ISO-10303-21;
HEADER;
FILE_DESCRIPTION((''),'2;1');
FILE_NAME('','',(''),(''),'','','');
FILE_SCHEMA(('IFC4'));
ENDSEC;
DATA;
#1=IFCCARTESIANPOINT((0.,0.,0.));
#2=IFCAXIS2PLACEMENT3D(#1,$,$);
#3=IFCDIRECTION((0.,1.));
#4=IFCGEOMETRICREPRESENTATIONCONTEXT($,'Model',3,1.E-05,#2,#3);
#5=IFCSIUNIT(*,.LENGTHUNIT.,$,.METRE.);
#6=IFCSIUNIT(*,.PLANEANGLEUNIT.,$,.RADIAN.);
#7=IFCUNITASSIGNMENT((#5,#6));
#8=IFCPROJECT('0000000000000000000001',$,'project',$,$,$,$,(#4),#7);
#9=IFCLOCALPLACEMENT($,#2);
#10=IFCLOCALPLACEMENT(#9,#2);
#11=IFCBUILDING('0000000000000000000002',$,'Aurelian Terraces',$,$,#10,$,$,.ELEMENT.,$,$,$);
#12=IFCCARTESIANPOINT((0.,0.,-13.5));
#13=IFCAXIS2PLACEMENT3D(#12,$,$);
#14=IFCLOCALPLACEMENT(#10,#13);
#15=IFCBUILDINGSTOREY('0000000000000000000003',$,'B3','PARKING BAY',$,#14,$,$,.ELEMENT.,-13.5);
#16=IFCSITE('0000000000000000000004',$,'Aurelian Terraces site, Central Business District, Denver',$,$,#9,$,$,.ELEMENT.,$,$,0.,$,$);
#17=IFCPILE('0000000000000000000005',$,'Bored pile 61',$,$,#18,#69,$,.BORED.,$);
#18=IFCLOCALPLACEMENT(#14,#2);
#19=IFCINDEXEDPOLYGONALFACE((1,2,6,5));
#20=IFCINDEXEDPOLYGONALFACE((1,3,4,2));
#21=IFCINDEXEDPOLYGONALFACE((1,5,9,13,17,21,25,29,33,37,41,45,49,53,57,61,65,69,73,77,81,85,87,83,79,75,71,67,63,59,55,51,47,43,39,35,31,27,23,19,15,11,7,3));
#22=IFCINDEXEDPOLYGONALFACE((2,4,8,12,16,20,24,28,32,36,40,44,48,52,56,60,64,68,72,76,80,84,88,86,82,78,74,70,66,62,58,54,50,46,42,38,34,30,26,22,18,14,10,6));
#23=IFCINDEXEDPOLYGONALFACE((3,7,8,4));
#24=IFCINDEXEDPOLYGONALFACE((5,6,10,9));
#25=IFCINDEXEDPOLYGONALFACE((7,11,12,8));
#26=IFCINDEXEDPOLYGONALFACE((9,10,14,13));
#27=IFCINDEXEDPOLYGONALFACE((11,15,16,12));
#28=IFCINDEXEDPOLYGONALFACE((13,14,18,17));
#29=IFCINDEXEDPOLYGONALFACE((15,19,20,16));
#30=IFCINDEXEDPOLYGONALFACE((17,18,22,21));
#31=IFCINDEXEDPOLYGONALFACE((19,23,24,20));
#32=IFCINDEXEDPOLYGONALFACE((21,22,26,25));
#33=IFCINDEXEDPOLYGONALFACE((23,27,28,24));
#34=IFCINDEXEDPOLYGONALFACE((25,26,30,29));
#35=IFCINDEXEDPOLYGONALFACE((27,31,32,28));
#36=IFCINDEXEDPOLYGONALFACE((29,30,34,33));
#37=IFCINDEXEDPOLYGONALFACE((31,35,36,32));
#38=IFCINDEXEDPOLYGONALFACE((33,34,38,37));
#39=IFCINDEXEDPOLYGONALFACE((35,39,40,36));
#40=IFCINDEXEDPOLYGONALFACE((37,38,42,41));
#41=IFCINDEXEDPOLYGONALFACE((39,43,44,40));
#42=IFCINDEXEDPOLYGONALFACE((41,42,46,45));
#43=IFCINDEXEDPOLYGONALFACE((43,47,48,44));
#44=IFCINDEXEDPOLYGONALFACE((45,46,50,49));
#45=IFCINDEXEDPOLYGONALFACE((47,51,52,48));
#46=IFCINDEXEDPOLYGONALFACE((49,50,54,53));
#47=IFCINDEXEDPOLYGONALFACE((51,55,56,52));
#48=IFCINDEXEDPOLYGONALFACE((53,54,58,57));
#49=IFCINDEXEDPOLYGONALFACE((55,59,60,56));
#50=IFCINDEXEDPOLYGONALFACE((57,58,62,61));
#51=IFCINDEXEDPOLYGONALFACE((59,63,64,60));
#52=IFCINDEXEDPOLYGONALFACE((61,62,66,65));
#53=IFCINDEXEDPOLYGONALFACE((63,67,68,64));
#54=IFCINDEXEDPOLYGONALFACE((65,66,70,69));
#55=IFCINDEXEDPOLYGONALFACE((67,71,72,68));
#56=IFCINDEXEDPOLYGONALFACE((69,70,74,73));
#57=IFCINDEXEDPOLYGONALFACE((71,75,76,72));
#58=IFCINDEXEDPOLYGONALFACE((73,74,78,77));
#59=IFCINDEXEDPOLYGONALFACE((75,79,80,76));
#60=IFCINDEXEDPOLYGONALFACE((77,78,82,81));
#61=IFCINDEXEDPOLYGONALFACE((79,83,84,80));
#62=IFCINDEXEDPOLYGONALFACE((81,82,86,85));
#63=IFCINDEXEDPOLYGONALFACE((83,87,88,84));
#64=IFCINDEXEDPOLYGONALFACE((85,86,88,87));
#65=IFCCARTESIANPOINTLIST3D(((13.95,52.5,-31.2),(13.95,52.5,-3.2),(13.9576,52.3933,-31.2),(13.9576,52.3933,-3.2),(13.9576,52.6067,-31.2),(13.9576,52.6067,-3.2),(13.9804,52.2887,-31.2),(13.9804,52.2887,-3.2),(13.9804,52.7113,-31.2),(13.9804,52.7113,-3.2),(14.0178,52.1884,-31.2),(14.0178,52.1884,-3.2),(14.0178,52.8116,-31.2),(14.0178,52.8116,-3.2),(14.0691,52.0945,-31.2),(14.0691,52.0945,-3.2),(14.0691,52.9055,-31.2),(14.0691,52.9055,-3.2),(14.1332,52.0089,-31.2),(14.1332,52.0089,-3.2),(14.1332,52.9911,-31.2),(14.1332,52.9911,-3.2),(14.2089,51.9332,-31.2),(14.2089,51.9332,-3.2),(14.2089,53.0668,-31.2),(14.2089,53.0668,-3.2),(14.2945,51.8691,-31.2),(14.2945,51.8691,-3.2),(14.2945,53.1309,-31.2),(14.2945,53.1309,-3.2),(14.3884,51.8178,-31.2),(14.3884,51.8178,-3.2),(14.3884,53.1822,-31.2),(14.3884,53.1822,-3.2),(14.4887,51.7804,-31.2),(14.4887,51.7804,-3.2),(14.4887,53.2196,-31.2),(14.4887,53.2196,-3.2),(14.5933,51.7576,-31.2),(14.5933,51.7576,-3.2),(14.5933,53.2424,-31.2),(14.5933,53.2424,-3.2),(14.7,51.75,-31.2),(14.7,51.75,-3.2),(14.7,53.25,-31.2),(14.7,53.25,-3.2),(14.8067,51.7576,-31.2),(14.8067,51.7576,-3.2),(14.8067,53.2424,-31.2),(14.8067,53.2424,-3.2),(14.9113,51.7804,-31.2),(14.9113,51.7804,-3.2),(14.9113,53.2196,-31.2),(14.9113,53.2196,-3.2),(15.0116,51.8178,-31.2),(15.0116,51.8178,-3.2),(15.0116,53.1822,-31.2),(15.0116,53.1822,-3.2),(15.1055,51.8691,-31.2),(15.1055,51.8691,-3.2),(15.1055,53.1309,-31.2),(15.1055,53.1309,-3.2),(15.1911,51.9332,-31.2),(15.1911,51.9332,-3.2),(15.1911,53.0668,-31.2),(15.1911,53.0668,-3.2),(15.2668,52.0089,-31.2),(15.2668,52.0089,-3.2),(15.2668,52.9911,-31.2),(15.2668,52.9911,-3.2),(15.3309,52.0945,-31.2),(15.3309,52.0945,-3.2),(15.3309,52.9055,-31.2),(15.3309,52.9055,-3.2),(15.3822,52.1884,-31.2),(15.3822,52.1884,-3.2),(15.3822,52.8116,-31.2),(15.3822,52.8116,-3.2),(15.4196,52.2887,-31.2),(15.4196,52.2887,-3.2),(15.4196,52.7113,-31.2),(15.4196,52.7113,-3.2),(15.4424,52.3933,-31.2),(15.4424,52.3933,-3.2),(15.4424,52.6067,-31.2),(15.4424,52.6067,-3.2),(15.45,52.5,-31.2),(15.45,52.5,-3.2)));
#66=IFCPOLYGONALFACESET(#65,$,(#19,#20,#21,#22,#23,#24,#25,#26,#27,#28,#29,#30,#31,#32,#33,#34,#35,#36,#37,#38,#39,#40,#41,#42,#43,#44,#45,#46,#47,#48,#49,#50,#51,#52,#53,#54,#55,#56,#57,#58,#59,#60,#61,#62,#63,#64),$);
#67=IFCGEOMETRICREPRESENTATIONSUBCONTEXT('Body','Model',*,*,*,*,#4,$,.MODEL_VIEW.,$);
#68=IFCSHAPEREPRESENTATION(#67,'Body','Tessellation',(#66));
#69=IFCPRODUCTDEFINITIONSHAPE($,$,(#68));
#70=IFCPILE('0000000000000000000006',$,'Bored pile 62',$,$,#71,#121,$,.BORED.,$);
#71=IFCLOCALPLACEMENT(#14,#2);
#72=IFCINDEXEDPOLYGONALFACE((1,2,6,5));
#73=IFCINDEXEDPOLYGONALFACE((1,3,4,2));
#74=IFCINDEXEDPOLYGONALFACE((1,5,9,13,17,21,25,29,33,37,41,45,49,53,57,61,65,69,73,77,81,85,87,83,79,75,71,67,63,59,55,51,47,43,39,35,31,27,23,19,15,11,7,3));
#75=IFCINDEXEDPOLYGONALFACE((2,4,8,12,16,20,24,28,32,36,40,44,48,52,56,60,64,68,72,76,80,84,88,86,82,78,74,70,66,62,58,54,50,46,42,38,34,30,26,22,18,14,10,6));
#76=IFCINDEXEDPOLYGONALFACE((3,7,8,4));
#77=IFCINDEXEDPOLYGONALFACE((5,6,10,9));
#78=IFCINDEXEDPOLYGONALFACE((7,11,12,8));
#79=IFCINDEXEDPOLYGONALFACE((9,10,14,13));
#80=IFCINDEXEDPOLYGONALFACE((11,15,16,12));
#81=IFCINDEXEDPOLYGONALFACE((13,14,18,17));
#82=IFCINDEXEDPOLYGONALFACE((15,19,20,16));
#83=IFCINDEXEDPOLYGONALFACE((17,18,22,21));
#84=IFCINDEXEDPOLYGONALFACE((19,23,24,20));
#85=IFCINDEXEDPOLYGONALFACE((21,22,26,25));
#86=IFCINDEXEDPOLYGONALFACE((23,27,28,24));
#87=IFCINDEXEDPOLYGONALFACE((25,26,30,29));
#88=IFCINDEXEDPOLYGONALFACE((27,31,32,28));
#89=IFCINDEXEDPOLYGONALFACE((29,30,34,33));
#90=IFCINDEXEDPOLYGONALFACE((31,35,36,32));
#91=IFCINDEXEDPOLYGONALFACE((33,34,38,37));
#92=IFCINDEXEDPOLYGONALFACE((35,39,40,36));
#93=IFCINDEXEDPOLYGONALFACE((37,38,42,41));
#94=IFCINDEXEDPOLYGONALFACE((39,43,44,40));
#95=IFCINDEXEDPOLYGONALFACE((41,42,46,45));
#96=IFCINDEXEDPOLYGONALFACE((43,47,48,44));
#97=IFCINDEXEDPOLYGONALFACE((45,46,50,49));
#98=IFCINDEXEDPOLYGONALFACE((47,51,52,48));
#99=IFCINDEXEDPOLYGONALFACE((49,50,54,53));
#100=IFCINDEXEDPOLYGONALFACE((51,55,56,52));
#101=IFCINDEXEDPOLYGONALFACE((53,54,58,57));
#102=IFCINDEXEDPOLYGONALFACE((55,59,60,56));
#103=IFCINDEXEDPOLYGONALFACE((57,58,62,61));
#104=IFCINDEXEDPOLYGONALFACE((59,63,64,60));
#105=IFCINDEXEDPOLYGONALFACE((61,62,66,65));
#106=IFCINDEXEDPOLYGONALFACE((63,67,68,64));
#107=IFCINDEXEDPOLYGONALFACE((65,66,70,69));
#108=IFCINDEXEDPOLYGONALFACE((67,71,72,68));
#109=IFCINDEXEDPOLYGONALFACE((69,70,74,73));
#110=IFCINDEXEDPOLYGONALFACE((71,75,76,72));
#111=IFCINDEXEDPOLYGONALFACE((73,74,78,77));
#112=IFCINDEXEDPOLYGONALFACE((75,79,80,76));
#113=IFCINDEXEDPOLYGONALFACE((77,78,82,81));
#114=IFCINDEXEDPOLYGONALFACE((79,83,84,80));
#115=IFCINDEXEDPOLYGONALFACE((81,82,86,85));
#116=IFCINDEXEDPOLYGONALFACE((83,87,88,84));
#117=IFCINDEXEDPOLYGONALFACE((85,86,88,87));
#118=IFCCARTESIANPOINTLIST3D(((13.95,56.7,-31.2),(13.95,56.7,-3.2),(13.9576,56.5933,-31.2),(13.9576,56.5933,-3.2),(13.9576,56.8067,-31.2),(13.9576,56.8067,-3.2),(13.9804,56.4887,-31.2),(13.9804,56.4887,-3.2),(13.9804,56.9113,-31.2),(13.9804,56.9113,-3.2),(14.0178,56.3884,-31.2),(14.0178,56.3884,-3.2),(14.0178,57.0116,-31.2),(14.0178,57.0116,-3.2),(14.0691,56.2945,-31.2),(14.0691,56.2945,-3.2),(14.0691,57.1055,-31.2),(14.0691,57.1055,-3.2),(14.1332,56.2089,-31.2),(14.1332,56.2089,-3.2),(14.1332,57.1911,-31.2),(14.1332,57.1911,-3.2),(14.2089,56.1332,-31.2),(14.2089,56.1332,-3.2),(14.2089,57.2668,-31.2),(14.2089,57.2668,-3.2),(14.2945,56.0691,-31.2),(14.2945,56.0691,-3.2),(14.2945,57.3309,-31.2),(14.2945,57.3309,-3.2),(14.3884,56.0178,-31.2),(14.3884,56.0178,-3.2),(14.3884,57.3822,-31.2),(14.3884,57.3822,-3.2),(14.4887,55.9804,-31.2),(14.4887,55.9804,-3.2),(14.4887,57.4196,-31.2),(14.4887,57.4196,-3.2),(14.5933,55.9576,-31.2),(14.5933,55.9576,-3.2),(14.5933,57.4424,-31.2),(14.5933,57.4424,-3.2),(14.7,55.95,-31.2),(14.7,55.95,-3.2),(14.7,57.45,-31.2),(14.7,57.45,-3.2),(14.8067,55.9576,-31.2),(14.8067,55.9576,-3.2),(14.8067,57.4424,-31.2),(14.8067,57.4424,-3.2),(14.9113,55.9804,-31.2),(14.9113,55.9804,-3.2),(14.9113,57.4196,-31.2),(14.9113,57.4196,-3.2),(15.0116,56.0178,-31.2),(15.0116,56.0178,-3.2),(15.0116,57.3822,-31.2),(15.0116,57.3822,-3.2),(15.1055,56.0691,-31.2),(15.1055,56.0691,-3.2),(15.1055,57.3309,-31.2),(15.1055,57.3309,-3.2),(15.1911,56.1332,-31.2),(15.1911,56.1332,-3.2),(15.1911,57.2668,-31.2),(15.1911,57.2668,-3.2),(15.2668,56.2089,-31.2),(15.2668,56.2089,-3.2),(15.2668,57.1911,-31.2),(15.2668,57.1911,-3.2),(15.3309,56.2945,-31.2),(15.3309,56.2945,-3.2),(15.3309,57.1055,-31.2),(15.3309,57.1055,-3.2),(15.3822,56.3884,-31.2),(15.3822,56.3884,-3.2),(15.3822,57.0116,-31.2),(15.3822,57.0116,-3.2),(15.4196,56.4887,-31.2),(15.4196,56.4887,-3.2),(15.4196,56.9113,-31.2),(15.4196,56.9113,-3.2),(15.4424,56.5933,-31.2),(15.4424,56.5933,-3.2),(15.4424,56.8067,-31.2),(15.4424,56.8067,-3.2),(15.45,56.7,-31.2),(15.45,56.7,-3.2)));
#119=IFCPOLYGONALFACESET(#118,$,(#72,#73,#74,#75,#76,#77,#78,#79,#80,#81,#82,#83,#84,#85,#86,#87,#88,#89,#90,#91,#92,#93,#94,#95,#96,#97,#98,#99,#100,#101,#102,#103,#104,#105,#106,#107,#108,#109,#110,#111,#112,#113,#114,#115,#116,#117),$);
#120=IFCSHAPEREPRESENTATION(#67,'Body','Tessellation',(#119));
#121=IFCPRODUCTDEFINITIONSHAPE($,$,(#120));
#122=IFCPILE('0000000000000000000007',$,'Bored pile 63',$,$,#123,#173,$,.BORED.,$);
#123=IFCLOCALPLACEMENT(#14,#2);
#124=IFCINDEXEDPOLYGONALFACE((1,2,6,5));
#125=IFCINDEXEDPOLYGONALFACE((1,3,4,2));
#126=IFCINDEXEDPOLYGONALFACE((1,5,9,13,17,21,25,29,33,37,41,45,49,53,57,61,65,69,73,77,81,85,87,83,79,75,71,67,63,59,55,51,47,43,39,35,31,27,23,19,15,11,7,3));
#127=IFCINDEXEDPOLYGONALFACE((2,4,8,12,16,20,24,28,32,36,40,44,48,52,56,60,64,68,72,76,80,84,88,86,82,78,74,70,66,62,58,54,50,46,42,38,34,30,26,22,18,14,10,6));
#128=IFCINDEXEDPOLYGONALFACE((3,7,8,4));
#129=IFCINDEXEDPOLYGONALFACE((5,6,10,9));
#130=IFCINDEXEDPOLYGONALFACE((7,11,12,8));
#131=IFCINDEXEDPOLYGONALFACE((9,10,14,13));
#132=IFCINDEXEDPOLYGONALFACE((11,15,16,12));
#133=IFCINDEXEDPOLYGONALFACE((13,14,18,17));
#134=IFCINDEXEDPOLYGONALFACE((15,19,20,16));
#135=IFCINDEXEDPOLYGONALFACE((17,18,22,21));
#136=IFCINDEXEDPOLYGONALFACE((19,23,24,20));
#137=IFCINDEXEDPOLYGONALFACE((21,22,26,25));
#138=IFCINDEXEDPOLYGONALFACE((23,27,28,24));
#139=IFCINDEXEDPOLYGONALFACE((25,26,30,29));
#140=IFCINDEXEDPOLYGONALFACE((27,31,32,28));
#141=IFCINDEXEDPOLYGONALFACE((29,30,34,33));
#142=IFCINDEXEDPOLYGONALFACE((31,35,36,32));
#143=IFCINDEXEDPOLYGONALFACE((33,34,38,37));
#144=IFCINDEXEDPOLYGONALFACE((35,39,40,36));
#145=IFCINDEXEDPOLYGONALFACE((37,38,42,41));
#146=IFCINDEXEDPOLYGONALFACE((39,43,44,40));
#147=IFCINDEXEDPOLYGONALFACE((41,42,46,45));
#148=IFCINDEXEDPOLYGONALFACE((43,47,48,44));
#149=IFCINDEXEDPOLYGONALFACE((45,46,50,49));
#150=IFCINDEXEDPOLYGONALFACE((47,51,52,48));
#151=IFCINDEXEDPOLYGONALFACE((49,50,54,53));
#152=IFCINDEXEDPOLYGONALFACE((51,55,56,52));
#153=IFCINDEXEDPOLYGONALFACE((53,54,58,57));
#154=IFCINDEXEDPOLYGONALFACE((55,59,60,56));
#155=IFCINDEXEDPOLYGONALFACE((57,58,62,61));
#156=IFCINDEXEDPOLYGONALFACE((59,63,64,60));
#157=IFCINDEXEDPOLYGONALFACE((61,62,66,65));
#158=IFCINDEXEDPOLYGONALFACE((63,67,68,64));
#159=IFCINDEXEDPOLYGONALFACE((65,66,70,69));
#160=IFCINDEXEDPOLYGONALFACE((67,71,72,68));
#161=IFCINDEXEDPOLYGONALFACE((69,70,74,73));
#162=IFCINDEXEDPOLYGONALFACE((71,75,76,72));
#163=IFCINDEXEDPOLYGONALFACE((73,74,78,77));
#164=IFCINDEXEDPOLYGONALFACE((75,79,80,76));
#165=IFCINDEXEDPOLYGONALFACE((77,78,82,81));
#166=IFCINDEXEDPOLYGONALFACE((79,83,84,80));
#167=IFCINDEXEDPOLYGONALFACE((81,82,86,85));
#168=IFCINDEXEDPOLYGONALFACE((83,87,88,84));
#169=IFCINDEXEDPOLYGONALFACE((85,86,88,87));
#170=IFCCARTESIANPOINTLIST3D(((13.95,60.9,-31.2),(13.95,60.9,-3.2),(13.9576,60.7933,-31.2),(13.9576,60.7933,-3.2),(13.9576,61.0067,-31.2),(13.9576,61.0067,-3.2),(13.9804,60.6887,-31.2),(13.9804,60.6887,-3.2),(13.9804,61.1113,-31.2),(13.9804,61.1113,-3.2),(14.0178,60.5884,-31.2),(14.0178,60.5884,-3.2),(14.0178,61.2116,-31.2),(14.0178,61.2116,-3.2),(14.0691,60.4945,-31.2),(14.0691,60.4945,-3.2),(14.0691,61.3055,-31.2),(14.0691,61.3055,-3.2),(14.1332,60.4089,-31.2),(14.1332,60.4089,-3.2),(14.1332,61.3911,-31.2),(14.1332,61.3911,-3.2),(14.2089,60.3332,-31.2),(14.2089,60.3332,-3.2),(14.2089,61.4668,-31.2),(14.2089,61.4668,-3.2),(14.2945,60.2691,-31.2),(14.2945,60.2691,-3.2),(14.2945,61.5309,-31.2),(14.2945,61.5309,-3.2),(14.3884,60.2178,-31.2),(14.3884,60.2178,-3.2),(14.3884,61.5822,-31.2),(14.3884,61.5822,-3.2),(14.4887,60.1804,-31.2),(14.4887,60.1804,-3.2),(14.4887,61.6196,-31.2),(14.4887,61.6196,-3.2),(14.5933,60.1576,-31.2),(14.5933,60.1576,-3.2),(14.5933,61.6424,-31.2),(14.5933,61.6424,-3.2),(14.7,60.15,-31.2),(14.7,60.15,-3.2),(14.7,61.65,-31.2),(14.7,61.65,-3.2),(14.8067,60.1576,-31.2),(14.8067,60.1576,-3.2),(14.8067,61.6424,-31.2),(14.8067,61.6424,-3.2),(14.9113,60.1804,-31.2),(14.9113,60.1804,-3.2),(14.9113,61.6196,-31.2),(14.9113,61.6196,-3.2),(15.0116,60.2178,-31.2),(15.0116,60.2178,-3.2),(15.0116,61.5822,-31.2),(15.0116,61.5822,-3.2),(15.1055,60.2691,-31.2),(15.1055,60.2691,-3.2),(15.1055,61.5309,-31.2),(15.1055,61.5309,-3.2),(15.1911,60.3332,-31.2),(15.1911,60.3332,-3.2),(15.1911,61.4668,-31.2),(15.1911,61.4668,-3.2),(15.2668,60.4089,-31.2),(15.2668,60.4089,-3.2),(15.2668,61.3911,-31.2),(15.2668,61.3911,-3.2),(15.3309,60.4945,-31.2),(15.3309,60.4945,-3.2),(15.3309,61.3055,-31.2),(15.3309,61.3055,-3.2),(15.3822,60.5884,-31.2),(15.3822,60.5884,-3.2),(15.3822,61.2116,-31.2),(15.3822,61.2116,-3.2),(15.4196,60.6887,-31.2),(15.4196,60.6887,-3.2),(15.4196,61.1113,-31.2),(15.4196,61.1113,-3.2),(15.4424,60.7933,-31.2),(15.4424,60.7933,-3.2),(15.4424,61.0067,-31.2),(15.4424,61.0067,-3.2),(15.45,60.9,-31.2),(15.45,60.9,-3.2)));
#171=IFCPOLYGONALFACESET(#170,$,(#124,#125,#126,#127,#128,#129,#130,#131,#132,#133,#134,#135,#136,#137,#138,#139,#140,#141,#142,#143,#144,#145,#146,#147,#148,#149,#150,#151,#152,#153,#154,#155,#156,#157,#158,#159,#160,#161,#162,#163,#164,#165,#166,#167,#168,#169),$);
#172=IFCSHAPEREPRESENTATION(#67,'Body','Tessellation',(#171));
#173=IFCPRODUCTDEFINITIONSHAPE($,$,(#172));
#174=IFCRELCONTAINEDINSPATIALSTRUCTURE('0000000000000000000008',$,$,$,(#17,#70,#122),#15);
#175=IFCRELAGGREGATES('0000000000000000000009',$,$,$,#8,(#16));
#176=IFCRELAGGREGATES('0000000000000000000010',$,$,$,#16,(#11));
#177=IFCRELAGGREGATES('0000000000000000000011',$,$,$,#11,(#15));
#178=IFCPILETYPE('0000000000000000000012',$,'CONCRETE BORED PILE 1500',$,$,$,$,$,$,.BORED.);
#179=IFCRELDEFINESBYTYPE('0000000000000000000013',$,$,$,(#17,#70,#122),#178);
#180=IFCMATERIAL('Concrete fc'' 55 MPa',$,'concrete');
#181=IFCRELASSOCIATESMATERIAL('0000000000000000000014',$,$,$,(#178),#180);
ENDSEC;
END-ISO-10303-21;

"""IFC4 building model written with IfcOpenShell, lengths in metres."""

from ifc_helpers import new_model, si_unit, direction, frame, origin, origin_2d, place, context, subcontext, project, spatial, circle, extrude, source, transform, mapped, material, material_profile, profile_set, type_object, element, save


model = new_model("IFC4")

# Units and contexts
model_context = context("Model", 3, precision=1e-05, world=origin(), true_north=direction((0.0, 1.0)))
body_context = subcontext(model_context, "Body", "Model", "MODEL_VIEW")
ifc_project = project(units=[si_unit("LENGTHUNIT", "METRE"), si_unit("PLANEANGLEUNIT", "RADIAN")], contexts=[model_context])

# Site, building, storey
site_placement = place(None, origin())
site = spatial("IfcSite", under=ifc_project, at=site_placement, Name="Aurelian Terraces site, Central Business District, Denver", CompositionType="ELEMENT", RefElevation=0.0)
building_placement = place(site_placement, origin())
building = spatial("IfcBuilding", under=site, at=building_placement, Name="Aurelian Terraces", CompositionType="ELEMENT")
storey_placement = place(building_placement, frame((0.0, 0.0, -13.5)))
storey = spatial("IfcBuildingStorey", under=building, at=storey_placement, Name="B3", Description="PARKING BAY", CompositionType="ELEMENT", Elevation=-13.5)

# Piles
ifc_material_1 = material(Name="Concrete fc' 55 MPa", Category="concrete")
ifc_material_profile_1 = material_profile(ifc_material_1, circle(Radius=0.75, at=origin_2d()))
ifc_profile_set_1 = profile_set([ifc_material_profile_1], Name="Concrete fc' 55 MPa")
pile_type = type_object("IfcPileType", Name="CONCRETE BORED PILE 1500", PredefinedType="BORED", material=ifc_profile_set_1)
shared_shape_1 = source(origin(), body_context, "Body", "SweptSolid", [
    extrude(circle(Radius=0.75, at=origin_2d()), origin(), (0.0, 0.0, 1.0), 28.0),
])
for number, where, z_axis, x_axis, name in (
    (1, (14.7, 52.5, -3.2), (0.0, 0.0, -1.0), (1.0, 0.0, 0.0), "Bored pile 61"),
    (2, (14.7, 56.7, -3.2), (0.0, 0.0, -1.0), (1.0, 0.0, 0.0), "Bored pile 62"),
    (3, (14.7, 60.9, -3.2), (0.0, 0.0, -1.0), (1.0, 0.0, 0.0), "Bored pile 63"),
):
    element("IfcPile", number, at=place(storey_placement, frame(where, z_axis=z_axis, x_axis=x_axis)), inside=storey, type_object=pile_type, Name=name, PredefinedType="BORED", context=body_context, shape_type="MappedRepresentation", body=[
        mapped(shared_shape_1, transform((0.0, 0.0, 0.0), scale=1.0)),
    ])

save(model, "model.ifc")
